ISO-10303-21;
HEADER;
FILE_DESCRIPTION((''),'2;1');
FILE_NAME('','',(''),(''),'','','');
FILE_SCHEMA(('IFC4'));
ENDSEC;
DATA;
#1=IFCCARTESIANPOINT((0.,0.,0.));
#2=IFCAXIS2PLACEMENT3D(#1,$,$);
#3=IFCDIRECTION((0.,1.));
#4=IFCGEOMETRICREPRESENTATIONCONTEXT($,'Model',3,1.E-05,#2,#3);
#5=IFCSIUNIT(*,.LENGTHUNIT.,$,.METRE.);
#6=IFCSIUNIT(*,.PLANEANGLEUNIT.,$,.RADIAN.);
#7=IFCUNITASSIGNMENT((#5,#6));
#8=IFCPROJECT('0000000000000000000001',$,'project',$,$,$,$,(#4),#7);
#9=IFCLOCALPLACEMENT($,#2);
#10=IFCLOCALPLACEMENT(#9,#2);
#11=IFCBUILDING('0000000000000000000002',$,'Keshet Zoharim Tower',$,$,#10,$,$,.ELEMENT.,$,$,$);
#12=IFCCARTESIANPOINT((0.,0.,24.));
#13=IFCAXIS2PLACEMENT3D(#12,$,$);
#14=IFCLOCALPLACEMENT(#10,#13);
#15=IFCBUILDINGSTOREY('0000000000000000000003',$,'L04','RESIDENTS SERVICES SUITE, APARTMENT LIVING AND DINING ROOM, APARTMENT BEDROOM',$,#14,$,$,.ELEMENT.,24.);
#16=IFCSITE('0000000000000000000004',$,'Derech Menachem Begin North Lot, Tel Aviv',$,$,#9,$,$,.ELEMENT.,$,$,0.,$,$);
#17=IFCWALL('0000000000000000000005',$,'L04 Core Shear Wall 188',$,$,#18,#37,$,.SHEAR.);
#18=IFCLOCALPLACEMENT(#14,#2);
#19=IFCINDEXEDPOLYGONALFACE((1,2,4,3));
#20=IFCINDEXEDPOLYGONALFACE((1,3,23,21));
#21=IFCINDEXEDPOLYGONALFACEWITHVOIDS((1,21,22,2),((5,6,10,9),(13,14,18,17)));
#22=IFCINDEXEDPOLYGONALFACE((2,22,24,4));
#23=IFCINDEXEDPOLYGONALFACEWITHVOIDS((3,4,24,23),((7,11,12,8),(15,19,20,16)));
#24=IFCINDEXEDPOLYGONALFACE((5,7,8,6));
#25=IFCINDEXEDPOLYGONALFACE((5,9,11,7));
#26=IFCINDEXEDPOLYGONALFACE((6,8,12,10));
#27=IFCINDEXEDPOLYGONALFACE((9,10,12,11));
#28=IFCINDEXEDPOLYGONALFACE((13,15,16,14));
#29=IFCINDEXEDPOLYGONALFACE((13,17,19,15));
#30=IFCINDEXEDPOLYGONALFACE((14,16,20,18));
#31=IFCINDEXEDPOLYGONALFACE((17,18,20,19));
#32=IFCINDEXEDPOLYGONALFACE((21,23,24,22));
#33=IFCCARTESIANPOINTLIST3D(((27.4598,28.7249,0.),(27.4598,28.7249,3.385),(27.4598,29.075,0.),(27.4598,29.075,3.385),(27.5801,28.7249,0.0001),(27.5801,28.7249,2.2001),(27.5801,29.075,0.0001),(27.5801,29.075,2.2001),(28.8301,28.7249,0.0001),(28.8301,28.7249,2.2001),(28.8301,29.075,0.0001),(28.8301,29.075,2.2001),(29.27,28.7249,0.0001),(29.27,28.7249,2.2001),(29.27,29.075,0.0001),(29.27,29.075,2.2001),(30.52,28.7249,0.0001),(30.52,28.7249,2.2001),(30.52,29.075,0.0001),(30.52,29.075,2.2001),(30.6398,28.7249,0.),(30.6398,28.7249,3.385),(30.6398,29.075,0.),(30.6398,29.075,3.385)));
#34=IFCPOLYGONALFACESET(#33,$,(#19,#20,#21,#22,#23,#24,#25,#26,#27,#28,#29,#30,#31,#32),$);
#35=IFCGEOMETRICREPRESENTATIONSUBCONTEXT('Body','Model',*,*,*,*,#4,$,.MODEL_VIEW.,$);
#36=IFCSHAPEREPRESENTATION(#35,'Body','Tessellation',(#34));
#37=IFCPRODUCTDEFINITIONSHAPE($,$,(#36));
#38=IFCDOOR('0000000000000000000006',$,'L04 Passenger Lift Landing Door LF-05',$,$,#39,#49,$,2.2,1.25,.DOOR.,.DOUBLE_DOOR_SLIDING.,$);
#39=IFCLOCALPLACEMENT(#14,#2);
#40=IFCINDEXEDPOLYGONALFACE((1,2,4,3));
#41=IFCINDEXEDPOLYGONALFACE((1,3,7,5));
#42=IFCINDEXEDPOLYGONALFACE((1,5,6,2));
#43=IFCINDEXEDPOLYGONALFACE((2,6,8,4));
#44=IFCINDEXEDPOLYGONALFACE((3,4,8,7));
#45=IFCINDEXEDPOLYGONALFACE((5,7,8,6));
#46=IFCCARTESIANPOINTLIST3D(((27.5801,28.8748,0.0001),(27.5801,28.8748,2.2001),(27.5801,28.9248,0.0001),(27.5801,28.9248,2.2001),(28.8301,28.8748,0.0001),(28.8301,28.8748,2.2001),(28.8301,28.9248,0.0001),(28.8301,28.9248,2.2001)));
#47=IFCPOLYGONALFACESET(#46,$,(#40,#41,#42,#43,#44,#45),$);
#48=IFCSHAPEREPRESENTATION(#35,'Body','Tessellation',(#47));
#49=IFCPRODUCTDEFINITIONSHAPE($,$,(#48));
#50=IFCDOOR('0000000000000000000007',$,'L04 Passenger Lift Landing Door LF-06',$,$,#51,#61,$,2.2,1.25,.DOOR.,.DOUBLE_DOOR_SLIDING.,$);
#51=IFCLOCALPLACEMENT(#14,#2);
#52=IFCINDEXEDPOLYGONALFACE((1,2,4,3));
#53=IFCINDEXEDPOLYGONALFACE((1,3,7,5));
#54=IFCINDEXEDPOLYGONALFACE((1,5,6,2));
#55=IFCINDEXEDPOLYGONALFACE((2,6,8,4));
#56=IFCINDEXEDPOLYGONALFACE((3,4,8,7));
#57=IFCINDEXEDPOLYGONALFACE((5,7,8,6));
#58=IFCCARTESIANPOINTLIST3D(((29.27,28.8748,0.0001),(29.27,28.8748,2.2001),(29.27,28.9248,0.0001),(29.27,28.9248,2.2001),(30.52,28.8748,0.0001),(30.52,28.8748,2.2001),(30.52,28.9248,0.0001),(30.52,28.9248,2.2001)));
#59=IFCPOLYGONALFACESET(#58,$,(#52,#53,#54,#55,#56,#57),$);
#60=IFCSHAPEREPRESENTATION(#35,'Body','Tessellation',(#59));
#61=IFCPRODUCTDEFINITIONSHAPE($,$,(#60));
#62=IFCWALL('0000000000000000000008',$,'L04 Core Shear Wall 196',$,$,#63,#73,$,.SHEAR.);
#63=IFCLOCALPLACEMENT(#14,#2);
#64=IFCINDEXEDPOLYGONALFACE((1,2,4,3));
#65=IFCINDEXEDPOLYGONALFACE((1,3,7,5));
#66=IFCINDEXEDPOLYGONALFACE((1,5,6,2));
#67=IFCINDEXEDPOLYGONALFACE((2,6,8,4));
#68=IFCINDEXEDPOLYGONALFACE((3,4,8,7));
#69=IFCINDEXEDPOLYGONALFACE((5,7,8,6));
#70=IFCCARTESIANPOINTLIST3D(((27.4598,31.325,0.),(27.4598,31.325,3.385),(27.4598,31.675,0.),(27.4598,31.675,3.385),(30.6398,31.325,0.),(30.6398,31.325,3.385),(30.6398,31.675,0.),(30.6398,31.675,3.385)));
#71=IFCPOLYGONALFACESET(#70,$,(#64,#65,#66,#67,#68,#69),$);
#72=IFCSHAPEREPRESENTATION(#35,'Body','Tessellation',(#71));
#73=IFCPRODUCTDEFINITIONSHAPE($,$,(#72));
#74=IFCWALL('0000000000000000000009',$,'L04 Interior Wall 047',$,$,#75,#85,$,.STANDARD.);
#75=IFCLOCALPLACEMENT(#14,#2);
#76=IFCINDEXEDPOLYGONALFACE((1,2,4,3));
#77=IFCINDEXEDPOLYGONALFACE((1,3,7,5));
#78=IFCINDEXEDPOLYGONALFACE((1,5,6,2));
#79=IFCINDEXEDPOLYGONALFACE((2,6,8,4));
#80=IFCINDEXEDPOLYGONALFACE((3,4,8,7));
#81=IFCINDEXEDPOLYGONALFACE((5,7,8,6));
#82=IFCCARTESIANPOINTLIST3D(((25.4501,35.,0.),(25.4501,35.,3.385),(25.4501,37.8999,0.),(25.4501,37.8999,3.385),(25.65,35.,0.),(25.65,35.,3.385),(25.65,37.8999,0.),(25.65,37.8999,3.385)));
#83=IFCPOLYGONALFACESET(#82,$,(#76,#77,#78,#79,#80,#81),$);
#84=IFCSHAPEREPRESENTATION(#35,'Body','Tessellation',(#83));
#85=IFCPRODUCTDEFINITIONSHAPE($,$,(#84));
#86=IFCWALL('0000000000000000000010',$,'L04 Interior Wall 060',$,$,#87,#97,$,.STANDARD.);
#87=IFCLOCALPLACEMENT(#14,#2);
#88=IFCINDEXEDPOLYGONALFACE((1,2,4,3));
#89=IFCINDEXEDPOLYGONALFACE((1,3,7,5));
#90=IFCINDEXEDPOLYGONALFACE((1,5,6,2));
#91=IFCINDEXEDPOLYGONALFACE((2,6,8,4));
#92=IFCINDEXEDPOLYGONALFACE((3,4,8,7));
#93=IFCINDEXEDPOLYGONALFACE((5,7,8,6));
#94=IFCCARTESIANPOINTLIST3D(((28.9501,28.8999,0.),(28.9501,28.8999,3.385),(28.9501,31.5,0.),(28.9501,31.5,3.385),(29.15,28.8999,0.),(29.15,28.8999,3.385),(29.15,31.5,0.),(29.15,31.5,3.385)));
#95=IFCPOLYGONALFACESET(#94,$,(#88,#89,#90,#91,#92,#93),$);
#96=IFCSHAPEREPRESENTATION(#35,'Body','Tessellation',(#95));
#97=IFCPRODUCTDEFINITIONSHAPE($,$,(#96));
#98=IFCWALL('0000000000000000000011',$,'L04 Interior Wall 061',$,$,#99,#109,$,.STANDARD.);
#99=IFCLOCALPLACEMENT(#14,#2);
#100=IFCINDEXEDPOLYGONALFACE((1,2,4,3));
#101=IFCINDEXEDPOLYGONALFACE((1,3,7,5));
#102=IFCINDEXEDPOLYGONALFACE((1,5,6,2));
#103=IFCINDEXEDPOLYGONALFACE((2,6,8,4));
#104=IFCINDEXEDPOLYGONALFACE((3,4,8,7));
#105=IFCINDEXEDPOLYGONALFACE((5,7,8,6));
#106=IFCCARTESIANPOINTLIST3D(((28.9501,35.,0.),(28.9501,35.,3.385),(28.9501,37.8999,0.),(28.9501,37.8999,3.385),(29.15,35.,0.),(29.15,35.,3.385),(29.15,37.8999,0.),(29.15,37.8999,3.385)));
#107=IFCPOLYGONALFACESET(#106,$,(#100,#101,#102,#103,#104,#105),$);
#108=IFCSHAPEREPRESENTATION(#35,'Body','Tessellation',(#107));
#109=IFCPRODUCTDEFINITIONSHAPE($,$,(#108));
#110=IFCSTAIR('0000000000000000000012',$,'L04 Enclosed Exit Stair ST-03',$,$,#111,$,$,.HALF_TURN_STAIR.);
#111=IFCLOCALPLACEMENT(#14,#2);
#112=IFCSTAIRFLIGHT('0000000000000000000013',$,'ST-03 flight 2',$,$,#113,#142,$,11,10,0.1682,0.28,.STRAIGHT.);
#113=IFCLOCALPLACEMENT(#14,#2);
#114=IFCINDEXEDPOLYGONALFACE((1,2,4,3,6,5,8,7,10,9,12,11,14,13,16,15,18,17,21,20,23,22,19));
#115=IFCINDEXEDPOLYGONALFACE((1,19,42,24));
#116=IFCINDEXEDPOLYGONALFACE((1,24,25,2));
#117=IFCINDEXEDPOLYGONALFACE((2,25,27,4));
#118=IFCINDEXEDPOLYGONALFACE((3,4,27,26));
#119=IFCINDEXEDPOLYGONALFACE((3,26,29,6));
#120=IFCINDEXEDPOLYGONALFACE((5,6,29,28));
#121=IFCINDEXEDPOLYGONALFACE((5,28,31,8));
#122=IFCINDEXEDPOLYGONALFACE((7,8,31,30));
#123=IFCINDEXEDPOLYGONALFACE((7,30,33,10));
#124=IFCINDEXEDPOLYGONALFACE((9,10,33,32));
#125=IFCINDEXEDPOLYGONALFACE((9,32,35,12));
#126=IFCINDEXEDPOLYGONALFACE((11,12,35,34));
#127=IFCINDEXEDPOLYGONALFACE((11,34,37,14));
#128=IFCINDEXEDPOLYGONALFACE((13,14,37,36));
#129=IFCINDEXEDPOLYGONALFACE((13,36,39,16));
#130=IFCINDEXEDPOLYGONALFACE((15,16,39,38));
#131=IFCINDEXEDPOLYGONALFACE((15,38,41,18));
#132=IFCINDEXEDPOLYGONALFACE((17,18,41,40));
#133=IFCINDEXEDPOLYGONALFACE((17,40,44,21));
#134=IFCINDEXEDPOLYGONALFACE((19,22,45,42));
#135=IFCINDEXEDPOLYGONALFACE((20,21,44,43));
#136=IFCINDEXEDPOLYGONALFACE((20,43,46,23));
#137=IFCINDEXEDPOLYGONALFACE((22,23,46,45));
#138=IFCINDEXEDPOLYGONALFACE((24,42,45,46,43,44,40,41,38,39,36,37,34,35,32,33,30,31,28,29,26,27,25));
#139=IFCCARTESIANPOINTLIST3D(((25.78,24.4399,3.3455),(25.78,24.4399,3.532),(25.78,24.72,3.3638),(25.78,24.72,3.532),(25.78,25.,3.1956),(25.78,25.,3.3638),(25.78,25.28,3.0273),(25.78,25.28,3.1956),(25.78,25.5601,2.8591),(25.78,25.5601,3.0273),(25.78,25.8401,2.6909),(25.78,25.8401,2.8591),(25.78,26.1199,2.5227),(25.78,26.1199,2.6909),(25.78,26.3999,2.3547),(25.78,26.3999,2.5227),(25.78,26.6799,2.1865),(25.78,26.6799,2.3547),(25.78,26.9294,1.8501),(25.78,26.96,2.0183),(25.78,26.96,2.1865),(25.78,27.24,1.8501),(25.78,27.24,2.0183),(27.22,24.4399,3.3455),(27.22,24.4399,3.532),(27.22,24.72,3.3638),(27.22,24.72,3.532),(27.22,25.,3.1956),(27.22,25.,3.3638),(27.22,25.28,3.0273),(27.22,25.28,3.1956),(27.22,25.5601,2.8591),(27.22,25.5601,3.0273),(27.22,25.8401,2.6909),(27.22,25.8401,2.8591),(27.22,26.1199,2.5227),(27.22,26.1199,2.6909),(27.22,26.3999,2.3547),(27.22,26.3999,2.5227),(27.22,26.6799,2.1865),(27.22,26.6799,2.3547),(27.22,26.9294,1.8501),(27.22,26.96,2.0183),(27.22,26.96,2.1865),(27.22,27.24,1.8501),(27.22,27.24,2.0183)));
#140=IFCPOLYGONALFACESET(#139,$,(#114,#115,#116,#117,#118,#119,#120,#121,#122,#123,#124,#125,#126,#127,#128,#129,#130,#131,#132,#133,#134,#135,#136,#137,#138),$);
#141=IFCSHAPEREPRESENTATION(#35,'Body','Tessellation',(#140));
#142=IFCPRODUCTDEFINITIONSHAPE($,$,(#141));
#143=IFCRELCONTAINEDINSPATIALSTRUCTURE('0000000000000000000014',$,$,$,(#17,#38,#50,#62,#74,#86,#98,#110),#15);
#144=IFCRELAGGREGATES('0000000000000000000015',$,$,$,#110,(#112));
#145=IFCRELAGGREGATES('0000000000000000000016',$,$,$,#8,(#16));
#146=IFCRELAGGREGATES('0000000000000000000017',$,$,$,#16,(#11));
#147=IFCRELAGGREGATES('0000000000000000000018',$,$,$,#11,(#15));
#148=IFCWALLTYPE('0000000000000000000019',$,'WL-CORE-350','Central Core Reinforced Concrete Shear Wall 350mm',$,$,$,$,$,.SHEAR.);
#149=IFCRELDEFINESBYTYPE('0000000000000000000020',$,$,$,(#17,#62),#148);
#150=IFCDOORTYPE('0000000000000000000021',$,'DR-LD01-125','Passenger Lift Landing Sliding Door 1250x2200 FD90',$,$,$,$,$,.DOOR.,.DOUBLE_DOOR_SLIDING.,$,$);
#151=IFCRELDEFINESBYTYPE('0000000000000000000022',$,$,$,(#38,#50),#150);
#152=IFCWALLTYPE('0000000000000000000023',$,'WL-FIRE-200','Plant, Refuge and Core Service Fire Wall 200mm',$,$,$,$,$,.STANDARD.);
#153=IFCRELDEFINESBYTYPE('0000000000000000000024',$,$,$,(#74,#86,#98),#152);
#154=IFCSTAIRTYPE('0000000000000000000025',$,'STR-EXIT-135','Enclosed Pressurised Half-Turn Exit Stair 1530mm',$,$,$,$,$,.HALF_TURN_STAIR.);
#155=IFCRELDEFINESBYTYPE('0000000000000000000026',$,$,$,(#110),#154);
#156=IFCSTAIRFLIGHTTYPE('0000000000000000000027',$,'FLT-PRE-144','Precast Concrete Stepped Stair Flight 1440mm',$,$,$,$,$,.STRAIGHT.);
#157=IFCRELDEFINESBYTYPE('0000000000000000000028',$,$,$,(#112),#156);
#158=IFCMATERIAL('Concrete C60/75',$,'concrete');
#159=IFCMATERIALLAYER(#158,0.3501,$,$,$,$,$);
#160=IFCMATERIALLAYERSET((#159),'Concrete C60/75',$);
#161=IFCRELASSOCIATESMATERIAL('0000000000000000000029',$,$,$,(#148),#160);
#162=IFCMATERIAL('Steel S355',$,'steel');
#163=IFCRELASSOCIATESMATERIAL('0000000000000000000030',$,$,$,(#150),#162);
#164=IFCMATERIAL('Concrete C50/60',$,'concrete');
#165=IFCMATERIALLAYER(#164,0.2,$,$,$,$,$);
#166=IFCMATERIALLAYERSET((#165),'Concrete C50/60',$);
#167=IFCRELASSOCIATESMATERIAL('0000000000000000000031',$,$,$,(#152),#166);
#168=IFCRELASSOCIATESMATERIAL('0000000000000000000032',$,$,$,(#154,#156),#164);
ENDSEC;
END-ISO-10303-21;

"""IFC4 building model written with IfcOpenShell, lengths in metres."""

from ifc_helpers import new_model, si_unit, direction, frame, frame_2d, origin, place, context, subcontext, project, spatial, polyline, rectangle, outline, extrude, material, layer, layer_set, type_object, element, fill, aggregate, save


model = new_model("IFC4")

# Units and contexts
model_context = context("Model", 3, precision=1e-05, world=origin(), true_north=direction((0.0, 1.0)))
body_context = subcontext(model_context, "Body", "Model", "MODEL_VIEW")
ifc_project = project(units=[si_unit("LENGTHUNIT", "METRE"), si_unit("PLANEANGLEUNIT", "RADIAN")], contexts=[model_context])

# Site, building, storey
site_placement = place(None, origin())
site = spatial("IfcSite", under=ifc_project, at=site_placement, Name="Derech Menachem Begin North Lot, Tel Aviv", CompositionType="ELEMENT", RefElevation=0.0)
building_placement = place(site_placement, origin())
building = spatial("IfcBuilding", under=site, at=building_placement, Name="Keshet Zoharim Tower", CompositionType="ELEMENT")
storey_placement = place(building_placement, frame((0.0, 0.0, 24.0)))
storey = spatial("IfcBuildingStorey", under=building, at=storey_placement, Name="L04", Description="RESIDENTS SERVICES SUITE, APARTMENT LIVING AND DINING ROOM, APARTMENT BEDROOM", CompositionType="ELEMENT", Elevation=24.0)

# Shared definitions
ifc_material_1 = material(Name="Concrete C60/75", Category="concrete")

# Shared definitions
ifc_material_2 = material(Name="Steel S355", Category="steel")

# Shared definitions
ifc_layer_1 = layer(ifc_material_1, 0.3501)
ifc_layer_set_1 = layer_set([ifc_layer_1], Name="Concrete C60/75")
wall_type_1 = type_object("IfcWallType", Name="WL-CORE-350", Description="Central Core Reinforced Concrete Shear Wall 350mm", PredefinedType="SHEAR", material=ifc_layer_set_1)

# Wall, openings, doors
door_type_1 = type_object("IfcDoorType", Name="DR-LD01-125", Description="Passenger Lift Landing Sliding Door 1250x2200 FD90", OperationType="DOUBLE_DOOR_SLIDING", PredefinedType="DOOR", material=ifc_material_2)
wall_1_placement = place(storey_placement, frame((27.46, 28.8999, 0.0), z_axis=(0.0, 0.0, 1.0), x_axis=(1.0, 0.0, 0.0)))
wall_1 = element("IfcWall", 1, at=wall_1_placement, inside=storey, type_object=wall_type_1, Name="L04 Core Shear Wall 188", PredefinedType="SHEAR", context=body_context, shape_type="SweptSolid", body=[
    extrude(rectangle(XDim=3.1799, YDim=0.3501, at=frame_2d((1.5898, 0.0))), origin(), (0.0, 0.0, 1.0), 3.385),
])
opening_1_placement = place(wall_1_placement, frame((0.1201, 0.0, 0.0)))
opening_1 = element("IfcOpeningElement", 2, at=opening_1_placement, cuts=wall_1, PredefinedType="OPENING", context=body_context, shape_type="SweptSolid", body=[
    extrude(rectangle(XDim=1.25, YDim=2.2, at=frame_2d((0.625, 1.1001))), frame((0.0, 0.1851, 0.0), z_axis=(0.0, -1.0, 0.0), x_axis=(1.0, 0.0, 0.0)), (0.0, 0.0, 1.0), 0.3701),
])
opening_2_placement = place(wall_1_placement, frame((1.8101, 0.0, 0.0)))
opening_2 = element("IfcOpeningElement", 3, at=opening_2_placement, cuts=wall_1, PredefinedType="OPENING", context=body_context, shape_type="SweptSolid", body=[
    extrude(rectangle(XDim=1.25, YDim=2.2, at=frame_2d((0.625, 1.1001))), frame((0.0, 0.1851, 0.0), z_axis=(0.0, -1.0, 0.0), x_axis=(1.0, 0.0, 0.0)), (0.0, 0.0, 1.0), 0.3701),
])
door_1_placement = place(opening_1_placement, origin())
door_1 = element("IfcDoor", 4, at=door_1_placement, inside=storey, type_object=door_type_1, Name="L04 Passenger Lift Landing Door LF-05", OperationType="DOUBLE_DOOR_SLIDING", OverallHeight=2.2, OverallWidth=1.25, PredefinedType="DOOR", context=body_context, shape_type="SweptSolid", body=[
    extrude(rectangle(XDim=1.25, YDim=2.2, at=frame_2d((0.625, 1.1001))), frame((0.0, 0.0249, 0.0), z_axis=(0.0, -1.0, 0.0), x_axis=(1.0, 0.0, 0.0)), (0.0, 0.0, 1.0), 0.05),
])
fill(opening_1, door_1)
door_2_placement = place(opening_2_placement, origin())
door_2 = element("IfcDoor", 5, at=door_2_placement, inside=storey, type_object=door_type_1, Name="L04 Passenger Lift Landing Door LF-06", OperationType="DOUBLE_DOOR_SLIDING", OverallHeight=2.2, OverallWidth=1.25, PredefinedType="DOOR", context=body_context, shape_type="SweptSolid", body=[
    extrude(rectangle(XDim=1.25, YDim=2.2, at=frame_2d((0.625, 1.1001))), frame((0.0, 0.0249, 0.0), z_axis=(0.0, -1.0, 0.0), x_axis=(1.0, 0.0, 0.0)), (0.0, 0.0, 1.0), 0.05),
])
fill(opening_2, door_2)

# Walls
wall_2_placement = place(storey_placement, frame((27.46, 31.5, 0.0), z_axis=(0.0, 0.0, 1.0), x_axis=(1.0, 0.0, 0.0)))
element("IfcWall", 6, at=wall_2_placement, inside=storey, type_object=wall_type_1, Name="L04 Core Shear Wall 196", PredefinedType="SHEAR", context=body_context, shape_type="SweptSolid", body=[
    extrude(rectangle(XDim=3.1799, YDim=0.3501, at=frame_2d((1.5898, 0.0))), origin(), (0.0, 0.0, 1.0), 3.385),
])
ifc_material_3 = material(Name="Concrete C50/60", Category="concrete")
ifc_layer_2 = layer(ifc_material_3, 0.2)
ifc_layer_set_2 = layer_set([ifc_layer_2], Name="Concrete C50/60")
wall_type_2 = type_object("IfcWallType", Name="WL-FIRE-200", Description="Plant, Refuge and Core Service Fire Wall 200mm", PredefinedType="STANDARD", material=ifc_layer_set_2)
wall_3_placement = place(storey_placement, frame((25.55, 35.0, 0.0), z_axis=(0.0, 0.0, 1.0), x_axis=(0.0, 1.0, 0.0)))
element("IfcWall", 7, at=wall_3_placement, inside=storey, type_object=wall_type_2, Name="L04 Interior Wall 047", PredefinedType="STANDARD", context=body_context, shape_type="SweptSolid", body=[
    extrude(rectangle(XDim=2.8999, YDim=0.2, at=frame_2d((1.45, 0.0))), origin(), (0.0, 0.0, 1.0), 3.385),
])
wall_4_placement = place(storey_placement, frame((29.05, 28.8999, 0.0), z_axis=(0.0, 0.0, 1.0), x_axis=(0.0, 1.0, 0.0)))
element("IfcWall", 8, at=wall_4_placement, inside=storey, type_object=wall_type_2, Name="L04 Interior Wall 060", PredefinedType="STANDARD", context=body_context, shape_type="SweptSolid", body=[
    extrude(rectangle(XDim=2.6001, YDim=0.2, at=frame_2d((1.3, 0.0))), origin(), (0.0, 0.0, 1.0), 3.385),
])
wall_5_placement = place(storey_placement, frame((29.05, 35.0, 0.0), z_axis=(0.0, 0.0, 1.0), x_axis=(0.0, 1.0, 0.0)))
element("IfcWall", 9, at=wall_5_placement, inside=storey, type_object=wall_type_2, Name="L04 Interior Wall 061", PredefinedType="STANDARD", context=body_context, shape_type="SweptSolid", body=[
    extrude(rectangle(XDim=2.8999, YDim=0.2, at=frame_2d((1.45, 0.0))), origin(), (0.0, 0.0, 1.0), 3.385),
])

# Stair, stair flight
stair_type = type_object("IfcStairType", Name="STR-EXIT-135", Description="Enclosed Pressurised Half-Turn Exit Stair 1530mm", PredefinedType="HALF_TURN_STAIR", material=ifc_material_3)
stair_placement = place(storey_placement, origin())
stair = element("IfcStair", 10, at=stair_placement, inside=storey, type_object=stair_type, Name="L04 Enclosed Exit Stair ST-03", PredefinedType="HALF_TURN_STAIR")
stair_flight_type = type_object("IfcStairFlightType", Name="FLT-PRE-144", Description="Precast Concrete Stepped Stair Flight 1440mm", PredefinedType="STRAIGHT", material=ifc_material_3)
stair_flight_placement = place(storey_placement, frame((26.5, 27.24, 1.8501), z_axis=(0.0, 0.0, 1.0), x_axis=(0.0, -1.0, 0.0)))
stair_flight = element("IfcStairFlight", 11, at=stair_flight_placement, type_object=stair_flight_type, Name="ST-03 flight 2", NumberOfRisers=11, NumberOfTreads=10, PredefinedType="STRAIGHT", RiserHeight=0.1682, TreadLength=0.28, context=body_context, shape_type="SweptSolid", body=[
    extrude(outline(polyline([(0.0, 0.0), (0.0, 0.1682), (0.28, 0.1682), (0.28, 0.3364), (0.5601, 0.3364), (0.5601, 0.5046), (0.8401, 0.5046), (0.8401, 0.6726), (1.1201, 0.6726), (1.1201, 0.8408), (1.3999, 0.8408), (1.3999, 1.009), (1.6799, 1.009), (1.6799, 1.1772), (1.96, 1.1772), (1.96, 1.3455), (2.24, 1.3455), (2.24, 1.5137), (2.52, 1.5137), (2.52, 1.6819), (2.8, 1.6819), (2.8, 1.8501), (2.8, 1.4954), (0.3105, 0.0), (0.0, 0.0)])), frame((0.0, 0.72, 0.0), z_axis=(0.0, -1.0, 0.0), x_axis=(1.0, 0.0, 0.0)), (0.0, 0.0, 1.0), 1.4399),
])
aggregate(stair, [stair_flight])

save(model, "model.ifc")
